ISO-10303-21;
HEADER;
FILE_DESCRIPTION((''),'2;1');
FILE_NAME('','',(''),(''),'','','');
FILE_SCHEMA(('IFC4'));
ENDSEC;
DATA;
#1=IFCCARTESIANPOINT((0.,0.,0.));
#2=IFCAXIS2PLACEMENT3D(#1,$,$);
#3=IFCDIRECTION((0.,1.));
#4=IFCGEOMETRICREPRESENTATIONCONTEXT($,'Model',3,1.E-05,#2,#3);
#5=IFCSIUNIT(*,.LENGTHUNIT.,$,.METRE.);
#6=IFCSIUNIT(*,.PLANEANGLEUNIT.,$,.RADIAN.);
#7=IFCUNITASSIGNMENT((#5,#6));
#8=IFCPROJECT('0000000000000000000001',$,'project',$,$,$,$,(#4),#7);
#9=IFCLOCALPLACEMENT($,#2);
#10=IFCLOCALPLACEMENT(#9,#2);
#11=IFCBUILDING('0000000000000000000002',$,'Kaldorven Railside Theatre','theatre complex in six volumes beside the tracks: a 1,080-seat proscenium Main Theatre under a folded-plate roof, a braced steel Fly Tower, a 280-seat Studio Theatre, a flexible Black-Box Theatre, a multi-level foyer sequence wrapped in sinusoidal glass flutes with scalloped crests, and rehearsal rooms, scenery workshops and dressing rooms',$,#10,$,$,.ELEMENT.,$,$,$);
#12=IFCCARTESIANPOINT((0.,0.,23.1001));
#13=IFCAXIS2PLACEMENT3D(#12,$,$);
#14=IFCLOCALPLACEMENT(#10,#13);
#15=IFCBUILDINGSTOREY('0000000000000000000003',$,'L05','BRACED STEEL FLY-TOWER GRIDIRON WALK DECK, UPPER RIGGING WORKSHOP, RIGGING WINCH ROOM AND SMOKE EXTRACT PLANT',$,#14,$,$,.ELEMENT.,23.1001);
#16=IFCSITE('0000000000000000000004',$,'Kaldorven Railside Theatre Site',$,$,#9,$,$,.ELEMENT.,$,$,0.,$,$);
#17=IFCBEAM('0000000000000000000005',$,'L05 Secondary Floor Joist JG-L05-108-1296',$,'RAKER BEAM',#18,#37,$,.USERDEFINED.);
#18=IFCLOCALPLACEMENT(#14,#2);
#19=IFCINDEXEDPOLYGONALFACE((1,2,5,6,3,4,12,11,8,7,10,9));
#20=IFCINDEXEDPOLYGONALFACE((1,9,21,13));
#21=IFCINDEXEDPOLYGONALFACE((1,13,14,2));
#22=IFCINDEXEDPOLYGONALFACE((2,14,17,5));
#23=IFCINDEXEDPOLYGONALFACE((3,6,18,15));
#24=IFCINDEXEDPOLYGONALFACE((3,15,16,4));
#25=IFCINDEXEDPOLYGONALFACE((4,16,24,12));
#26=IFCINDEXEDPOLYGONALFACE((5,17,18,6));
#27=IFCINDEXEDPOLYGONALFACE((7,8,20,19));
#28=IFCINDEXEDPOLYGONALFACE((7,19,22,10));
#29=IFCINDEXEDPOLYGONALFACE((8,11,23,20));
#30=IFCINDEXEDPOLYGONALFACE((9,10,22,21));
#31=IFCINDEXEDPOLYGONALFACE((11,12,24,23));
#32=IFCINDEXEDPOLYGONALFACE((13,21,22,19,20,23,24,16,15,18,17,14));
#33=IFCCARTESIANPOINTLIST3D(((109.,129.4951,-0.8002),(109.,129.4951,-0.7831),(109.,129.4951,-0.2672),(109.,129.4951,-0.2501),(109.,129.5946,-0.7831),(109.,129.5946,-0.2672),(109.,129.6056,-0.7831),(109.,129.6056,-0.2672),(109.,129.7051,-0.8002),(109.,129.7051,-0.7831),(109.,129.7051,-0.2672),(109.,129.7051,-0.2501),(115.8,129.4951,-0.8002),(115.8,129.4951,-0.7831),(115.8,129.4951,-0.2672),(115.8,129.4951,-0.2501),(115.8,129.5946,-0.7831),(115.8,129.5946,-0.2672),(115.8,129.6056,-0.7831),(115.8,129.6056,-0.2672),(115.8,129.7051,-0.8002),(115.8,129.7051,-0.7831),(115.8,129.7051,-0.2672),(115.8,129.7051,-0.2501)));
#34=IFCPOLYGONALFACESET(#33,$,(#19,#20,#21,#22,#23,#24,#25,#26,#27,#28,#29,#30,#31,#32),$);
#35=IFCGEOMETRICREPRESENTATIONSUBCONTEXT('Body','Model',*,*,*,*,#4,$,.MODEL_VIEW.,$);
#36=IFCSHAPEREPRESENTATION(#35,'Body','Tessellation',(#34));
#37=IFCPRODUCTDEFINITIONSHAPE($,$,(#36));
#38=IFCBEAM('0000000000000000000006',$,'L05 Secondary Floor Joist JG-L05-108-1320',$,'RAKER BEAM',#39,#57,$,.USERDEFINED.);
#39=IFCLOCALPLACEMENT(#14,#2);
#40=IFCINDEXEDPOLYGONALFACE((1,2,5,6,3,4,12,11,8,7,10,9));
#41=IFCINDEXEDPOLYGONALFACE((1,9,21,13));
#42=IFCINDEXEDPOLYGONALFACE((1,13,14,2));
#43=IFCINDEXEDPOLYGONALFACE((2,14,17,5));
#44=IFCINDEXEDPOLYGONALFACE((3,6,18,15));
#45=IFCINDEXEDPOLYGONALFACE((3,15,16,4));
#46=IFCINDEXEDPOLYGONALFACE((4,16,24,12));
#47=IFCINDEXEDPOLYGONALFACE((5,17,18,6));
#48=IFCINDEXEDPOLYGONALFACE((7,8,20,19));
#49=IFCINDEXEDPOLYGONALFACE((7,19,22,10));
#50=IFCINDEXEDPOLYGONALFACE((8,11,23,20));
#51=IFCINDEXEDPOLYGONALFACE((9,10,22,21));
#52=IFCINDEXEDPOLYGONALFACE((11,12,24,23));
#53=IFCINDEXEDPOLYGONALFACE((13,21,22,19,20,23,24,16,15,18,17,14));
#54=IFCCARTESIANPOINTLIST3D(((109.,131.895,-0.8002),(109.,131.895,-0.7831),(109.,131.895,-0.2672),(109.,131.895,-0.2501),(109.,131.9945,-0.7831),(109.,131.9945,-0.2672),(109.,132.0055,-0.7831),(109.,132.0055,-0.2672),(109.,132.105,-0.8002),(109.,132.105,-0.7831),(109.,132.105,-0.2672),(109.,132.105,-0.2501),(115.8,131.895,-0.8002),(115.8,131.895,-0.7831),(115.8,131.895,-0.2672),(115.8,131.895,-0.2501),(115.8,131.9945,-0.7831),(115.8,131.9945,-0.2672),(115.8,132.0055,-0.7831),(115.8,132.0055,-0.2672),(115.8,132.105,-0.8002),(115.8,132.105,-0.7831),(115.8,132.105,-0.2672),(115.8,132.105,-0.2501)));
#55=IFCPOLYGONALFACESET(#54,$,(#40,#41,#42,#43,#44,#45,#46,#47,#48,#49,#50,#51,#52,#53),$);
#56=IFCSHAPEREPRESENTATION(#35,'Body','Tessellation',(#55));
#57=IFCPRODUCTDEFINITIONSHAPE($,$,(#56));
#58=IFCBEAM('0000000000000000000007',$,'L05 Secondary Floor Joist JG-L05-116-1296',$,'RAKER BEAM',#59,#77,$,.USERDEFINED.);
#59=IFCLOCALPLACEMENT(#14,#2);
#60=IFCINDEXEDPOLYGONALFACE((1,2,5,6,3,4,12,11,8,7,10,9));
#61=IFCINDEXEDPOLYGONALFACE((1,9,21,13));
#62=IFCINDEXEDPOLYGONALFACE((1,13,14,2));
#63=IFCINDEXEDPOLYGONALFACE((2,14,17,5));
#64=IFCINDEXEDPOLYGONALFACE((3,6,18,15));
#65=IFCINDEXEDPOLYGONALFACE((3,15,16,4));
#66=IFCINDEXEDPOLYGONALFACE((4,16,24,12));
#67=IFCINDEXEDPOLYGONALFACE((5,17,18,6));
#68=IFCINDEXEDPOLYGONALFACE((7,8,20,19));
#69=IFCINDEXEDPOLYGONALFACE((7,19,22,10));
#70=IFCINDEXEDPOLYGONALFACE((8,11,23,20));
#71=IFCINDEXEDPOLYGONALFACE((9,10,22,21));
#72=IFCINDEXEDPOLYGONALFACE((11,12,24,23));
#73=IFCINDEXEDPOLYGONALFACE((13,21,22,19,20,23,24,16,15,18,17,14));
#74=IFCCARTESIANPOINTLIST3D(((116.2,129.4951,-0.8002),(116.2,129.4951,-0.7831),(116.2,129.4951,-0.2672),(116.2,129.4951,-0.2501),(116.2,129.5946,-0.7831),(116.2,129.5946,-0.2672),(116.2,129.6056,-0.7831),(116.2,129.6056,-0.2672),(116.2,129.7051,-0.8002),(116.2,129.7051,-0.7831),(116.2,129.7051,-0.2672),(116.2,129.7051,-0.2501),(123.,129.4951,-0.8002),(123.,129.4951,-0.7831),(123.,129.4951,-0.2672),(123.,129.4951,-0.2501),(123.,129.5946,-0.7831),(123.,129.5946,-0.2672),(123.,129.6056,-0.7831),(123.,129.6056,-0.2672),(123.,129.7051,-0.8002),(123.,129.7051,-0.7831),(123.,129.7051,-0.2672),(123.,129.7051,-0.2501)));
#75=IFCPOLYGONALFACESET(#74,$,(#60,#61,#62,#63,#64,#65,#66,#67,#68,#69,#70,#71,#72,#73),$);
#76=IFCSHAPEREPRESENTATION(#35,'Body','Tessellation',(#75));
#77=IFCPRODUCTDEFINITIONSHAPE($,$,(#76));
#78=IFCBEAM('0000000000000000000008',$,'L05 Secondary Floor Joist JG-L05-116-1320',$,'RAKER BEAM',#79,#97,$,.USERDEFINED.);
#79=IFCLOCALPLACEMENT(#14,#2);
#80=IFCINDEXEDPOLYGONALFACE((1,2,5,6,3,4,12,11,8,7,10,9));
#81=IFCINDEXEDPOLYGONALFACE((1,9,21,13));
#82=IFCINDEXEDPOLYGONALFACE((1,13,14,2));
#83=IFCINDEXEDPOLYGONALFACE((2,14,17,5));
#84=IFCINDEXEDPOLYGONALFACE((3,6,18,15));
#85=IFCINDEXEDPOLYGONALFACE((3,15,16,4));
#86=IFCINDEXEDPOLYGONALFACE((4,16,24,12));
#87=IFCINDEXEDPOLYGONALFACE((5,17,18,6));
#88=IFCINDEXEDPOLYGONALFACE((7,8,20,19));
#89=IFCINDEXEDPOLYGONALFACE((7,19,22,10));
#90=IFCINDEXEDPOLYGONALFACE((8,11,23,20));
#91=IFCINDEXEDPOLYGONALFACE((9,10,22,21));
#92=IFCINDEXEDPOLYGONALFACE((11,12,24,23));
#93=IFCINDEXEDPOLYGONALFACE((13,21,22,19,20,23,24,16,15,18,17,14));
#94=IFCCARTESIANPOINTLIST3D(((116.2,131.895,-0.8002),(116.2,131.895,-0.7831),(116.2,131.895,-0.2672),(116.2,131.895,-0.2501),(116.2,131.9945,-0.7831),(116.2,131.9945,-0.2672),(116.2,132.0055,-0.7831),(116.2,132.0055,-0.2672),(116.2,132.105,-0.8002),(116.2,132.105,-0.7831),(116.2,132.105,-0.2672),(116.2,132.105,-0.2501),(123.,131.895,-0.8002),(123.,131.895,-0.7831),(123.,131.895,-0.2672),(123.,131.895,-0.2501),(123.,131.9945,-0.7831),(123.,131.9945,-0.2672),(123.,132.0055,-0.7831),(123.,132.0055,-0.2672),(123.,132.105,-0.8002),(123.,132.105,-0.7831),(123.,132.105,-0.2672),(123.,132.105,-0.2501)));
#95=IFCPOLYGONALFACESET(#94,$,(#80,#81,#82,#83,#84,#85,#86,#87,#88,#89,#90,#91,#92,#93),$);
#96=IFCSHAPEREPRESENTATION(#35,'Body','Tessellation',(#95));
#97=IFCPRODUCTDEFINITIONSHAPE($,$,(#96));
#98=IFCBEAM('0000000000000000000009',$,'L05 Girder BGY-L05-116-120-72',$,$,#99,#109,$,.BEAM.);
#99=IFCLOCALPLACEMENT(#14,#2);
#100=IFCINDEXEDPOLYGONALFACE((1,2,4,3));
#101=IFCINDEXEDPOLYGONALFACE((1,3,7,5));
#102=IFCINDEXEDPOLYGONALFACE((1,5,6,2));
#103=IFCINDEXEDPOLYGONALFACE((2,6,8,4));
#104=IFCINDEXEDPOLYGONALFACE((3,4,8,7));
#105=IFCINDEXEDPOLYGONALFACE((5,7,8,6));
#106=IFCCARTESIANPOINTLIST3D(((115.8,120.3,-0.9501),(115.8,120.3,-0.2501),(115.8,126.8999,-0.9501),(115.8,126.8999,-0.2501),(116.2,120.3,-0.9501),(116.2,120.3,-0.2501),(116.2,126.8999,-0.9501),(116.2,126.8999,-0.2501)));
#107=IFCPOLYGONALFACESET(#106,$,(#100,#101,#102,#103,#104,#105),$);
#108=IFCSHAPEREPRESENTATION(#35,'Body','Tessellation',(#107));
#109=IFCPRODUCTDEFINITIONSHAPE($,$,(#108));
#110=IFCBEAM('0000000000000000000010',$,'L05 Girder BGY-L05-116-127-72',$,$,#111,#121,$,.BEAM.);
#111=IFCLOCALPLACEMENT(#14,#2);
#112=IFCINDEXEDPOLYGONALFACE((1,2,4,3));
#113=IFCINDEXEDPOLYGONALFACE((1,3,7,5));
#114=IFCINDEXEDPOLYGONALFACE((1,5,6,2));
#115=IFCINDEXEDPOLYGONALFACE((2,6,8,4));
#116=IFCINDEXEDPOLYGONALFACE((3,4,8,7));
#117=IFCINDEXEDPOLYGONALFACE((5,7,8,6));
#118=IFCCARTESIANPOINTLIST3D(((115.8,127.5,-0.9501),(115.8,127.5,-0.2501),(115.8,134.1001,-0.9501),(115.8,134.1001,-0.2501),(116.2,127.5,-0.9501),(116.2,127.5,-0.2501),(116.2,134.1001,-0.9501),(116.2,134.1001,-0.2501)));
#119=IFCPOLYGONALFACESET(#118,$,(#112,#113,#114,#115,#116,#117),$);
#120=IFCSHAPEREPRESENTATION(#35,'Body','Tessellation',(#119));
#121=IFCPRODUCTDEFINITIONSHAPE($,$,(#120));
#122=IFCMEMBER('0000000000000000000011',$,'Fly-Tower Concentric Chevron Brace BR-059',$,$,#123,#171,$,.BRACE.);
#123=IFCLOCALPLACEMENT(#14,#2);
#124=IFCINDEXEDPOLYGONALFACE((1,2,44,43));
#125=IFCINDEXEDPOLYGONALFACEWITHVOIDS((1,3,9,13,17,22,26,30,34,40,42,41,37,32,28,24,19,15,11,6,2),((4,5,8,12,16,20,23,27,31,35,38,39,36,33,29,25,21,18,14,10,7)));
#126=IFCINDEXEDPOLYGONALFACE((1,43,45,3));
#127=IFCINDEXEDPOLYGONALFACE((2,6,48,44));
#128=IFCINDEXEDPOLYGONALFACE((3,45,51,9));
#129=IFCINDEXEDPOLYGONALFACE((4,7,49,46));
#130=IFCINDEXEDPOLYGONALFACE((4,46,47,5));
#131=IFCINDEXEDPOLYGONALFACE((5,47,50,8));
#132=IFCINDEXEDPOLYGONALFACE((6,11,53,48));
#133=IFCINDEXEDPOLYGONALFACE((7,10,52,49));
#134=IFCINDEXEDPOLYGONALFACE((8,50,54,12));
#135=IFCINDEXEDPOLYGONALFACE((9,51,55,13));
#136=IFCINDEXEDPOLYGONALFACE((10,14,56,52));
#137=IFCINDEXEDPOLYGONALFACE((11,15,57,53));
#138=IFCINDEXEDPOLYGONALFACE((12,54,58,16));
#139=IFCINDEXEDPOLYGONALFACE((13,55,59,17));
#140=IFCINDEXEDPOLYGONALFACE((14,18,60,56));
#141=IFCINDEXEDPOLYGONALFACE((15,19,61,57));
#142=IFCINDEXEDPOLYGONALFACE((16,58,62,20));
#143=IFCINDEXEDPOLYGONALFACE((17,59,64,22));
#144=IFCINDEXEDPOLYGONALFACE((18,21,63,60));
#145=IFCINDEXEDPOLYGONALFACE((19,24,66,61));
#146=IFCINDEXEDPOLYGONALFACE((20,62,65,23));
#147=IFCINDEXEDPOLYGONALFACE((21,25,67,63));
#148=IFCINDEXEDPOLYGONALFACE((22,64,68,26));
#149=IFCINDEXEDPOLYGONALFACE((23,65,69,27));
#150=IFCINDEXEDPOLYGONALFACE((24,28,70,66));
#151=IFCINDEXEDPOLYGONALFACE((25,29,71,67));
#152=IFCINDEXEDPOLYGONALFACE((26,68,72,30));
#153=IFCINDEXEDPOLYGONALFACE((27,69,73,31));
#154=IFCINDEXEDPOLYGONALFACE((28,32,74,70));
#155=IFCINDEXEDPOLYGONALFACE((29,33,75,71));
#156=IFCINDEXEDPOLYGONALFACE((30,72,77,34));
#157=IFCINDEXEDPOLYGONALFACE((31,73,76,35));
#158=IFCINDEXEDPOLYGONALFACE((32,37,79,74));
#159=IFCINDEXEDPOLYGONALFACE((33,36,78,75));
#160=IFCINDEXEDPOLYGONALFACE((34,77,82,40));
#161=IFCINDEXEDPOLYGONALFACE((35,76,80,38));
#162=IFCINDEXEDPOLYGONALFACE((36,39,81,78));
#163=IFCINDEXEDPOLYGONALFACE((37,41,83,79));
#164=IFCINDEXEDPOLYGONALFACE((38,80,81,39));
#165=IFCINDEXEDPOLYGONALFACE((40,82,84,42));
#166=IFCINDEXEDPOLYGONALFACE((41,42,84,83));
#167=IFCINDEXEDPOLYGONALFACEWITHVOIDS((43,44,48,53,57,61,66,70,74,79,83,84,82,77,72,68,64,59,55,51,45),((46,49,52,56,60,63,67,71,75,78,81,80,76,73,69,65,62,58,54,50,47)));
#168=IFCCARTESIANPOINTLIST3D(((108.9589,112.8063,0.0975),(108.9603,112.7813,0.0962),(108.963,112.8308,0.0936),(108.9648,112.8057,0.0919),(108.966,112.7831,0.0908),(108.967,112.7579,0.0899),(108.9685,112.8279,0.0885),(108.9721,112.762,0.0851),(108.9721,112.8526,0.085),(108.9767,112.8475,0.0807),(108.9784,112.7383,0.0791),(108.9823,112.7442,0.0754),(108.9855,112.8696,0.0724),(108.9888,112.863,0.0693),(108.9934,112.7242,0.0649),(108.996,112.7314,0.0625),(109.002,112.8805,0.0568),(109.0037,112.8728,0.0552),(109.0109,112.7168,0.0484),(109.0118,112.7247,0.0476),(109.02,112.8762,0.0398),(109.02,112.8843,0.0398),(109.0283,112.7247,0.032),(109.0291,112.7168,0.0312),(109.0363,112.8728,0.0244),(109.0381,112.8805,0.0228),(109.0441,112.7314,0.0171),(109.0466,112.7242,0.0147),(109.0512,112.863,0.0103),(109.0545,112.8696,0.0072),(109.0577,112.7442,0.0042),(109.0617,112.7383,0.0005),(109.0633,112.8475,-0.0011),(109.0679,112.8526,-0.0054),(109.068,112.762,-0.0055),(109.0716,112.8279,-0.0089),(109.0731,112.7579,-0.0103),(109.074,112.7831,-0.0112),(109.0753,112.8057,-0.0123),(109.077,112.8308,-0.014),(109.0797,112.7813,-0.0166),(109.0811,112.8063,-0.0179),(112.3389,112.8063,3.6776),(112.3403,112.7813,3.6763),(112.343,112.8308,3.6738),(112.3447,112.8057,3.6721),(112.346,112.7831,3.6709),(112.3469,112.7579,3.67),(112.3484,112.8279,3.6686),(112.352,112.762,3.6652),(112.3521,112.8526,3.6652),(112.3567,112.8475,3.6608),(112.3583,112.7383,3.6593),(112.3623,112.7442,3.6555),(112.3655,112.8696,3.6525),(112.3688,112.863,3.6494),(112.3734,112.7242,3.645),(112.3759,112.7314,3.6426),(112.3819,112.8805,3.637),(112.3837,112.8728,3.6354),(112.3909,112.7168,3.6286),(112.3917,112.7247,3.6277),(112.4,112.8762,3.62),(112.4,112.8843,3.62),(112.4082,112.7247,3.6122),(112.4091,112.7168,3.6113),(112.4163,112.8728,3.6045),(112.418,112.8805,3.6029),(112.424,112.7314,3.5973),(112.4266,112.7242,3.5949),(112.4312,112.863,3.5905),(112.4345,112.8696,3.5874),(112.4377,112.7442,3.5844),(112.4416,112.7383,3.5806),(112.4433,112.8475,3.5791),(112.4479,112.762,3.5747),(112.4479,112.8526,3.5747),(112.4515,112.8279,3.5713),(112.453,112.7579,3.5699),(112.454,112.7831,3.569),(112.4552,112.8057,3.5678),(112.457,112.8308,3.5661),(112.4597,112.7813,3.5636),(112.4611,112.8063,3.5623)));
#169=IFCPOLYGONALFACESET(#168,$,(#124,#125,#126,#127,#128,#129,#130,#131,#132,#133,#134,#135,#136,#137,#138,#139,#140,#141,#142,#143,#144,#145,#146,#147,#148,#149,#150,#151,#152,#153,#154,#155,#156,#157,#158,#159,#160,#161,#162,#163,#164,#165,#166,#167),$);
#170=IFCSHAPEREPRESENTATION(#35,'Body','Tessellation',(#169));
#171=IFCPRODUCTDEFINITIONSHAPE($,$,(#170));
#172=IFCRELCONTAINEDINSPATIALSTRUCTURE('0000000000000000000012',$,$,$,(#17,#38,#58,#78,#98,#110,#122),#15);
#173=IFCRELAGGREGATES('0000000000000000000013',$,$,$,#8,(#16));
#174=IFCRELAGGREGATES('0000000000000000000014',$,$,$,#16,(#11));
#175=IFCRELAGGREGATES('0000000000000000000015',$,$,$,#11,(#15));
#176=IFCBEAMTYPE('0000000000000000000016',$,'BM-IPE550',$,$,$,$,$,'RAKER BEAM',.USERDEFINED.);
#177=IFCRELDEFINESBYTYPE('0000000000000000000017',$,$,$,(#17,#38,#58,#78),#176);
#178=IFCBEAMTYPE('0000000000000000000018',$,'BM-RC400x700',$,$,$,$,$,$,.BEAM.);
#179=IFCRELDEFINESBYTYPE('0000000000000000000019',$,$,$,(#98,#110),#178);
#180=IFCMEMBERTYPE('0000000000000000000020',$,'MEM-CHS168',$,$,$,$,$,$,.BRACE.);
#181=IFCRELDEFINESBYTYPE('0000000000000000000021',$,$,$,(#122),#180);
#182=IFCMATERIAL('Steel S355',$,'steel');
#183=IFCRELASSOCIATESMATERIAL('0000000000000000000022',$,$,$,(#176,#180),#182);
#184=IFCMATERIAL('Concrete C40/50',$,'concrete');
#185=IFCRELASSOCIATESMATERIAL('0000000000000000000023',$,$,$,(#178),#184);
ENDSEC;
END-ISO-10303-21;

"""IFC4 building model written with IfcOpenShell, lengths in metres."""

from ifc_helpers import new_model, si_unit, direction, frame, origin, origin_2d, place, context, subcontext, project, spatial, rectangle, hollow_circle, i_section, extrude, material, material_profile, profile_set, type_object, element, save


model = new_model("IFC4")

# Units and contexts
model_context = context("Model", 3, precision=1e-05, world=origin(), true_north=direction((0.0, 1.0)))
body_context = subcontext(model_context, "Body", "Model", "MODEL_VIEW")
ifc_project = project(units=[si_unit("LENGTHUNIT", "METRE"), si_unit("PLANEANGLEUNIT", "RADIAN")], contexts=[model_context])

# Site, building, storey
site_placement = place(None, origin())
site = spatial("IfcSite", under=ifc_project, at=site_placement, Name="Kaldorven Railside Theatre Site", CompositionType="ELEMENT", RefElevation=0.0)
building_placement = place(site_placement, origin())
building = spatial("IfcBuilding", under=site, at=building_placement, Name="Kaldorven Railside Theatre", Description="theatre complex in six volumes beside the tracks: a 1,080-seat proscenium Main Theatre under a folded-plate roof, a braced steel Fly Tower, a 280-seat Studio Theatre, a flexible Black-Box Theatre, a multi-level foyer sequence wrapped in sinusoidal glass flutes with scalloped crests, and rehearsal rooms, scenery workshops and dressing rooms", CompositionType="ELEMENT")
storey_placement = place(building_placement, frame((0.0, 0.0, 23.1001)))
storey = spatial("IfcBuildingStorey", under=building, at=storey_placement, Name="L05", Description="BRACED STEEL FLY-TOWER GRIDIRON WALK DECK, UPPER RIGGING WORKSHOP, RIGGING WINCH ROOM AND SMOKE EXTRACT PLANT", CompositionType="ELEMENT", Elevation=23.1001)

# Shared definitions
ifc_material_1 = material(Name="Concrete C40/50", Category="concrete")

# Beams
ifc_material_2 = material(Name="Steel S355", Category="steel")
ifc_material_profile_1 = material_profile(ifc_material_2, i_section(OverallWidth=0.21, OverallDepth=0.55, WebThickness=0.011, FlangeThickness=0.0171, at=origin_2d()), Name="IPE 550")
ifc_profile_set_1 = profile_set([ifc_material_profile_1], Name="Steel S355")
beam_type_1 = type_object("IfcBeamType", Name="BM-IPE550", ElementType="RAKER BEAM", PredefinedType="USERDEFINED", material=ifc_profile_set_1)
for number, where, z_axis, x_axis, name in (
    (1, (109.0, 129.6001, -0.5251), (1.0, 0.0, 0.0), (0.0, 1.0, 0.0), "L05 Secondary Floor Joist JG-L05-108-1296"),
    (2, (109.0, 132.0, -0.5251), (1.0, 0.0, 0.0), (0.0, 1.0, 0.0), "L05 Secondary Floor Joist JG-L05-108-1320"),
    (3, (116.2, 129.6001, -0.5251), (1.0, 0.0, 0.0), (0.0, 1.0, 0.0), "L05 Secondary Floor Joist JG-L05-116-1296"),
    (4, (116.2, 132.0, -0.5251), (1.0, 0.0, 0.0), (0.0, 1.0, 0.0), "L05 Secondary Floor Joist JG-L05-116-1320"),
):
    element("IfcBeam", number, at=place(storey_placement, frame(where, z_axis=z_axis, x_axis=x_axis)), inside=storey, type_object=beam_type_1, Name=name, ObjectType="RAKER BEAM", PredefinedType="USERDEFINED", context=body_context, shape_type="SweptSolid", body=[
        extrude(i_section(OverallWidth=0.21, OverallDepth=0.55, WebThickness=0.011, FlangeThickness=0.0171, at=origin_2d()), origin(), (0.0, 0.0, 1.0), 6.8),
    ])
ifc_material_profile_2 = material_profile(ifc_material_1, rectangle(XDim=0.3999, YDim=0.7, at=origin_2d()), Name="RC 400x700")
ifc_profile_set_2 = profile_set([ifc_material_profile_2], Name="Concrete C40/50")
beam_type_2 = type_object("IfcBeamType", Name="BM-RC400x700", PredefinedType="BEAM", material=ifc_profile_set_2)
beam_1_placement = place(storey_placement, frame((116.0, 120.3, -0.6001), z_axis=(0.0, 1.0, 0.0), x_axis=(-1.0, 0.0, 0.0)))
element("IfcBeam", 5, at=beam_1_placement, inside=storey, type_object=beam_type_2, Name="L05 Girder BGY-L05-116-120-72", PredefinedType="BEAM", context=body_context, shape_type="SweptSolid", body=[
    extrude(rectangle(XDim=0.3999, YDim=0.7, at=origin_2d()), origin(), (0.0, 0.0, 1.0), 6.5999),
])
beam_2_placement = place(storey_placement, frame((116.0, 127.5, -0.6001), z_axis=(0.0, 1.0, 0.0), x_axis=(-1.0, 0.0, 0.0)))
element("IfcBeam", 6, at=beam_2_placement, inside=storey, type_object=beam_type_2, Name="L05 Girder BGY-L05-116-127-72", PredefinedType="BEAM", context=body_context, shape_type="SweptSolid", body=[
    extrude(rectangle(XDim=0.3999, YDim=0.7, at=origin_2d()), origin(), (0.0, 0.0, 1.0), 6.6001),
])

# Member
ifc_material_profile_3 = material_profile(ifc_material_2, hollow_circle(Radius=0.0842, WallThickness=0.0081, at=origin_2d()), Name="CHS 168.3x8")
ifc_profile_set_3 = profile_set([ifc_material_profile_3], Name="Steel S355")
member_type = type_object("IfcMemberType", Name="MEM-CHS168", PredefinedType="BRACE", material=ifc_profile_set_3)
for number, where, z_axis, x_axis, name in (
    (7, (109.02, 112.8, 0.0398), (0.686484, 0.0, 0.727145), (0.0, 1.0, 0.0), "Fly-Tower Concentric Chevron Brace BR-059"),
):
    element("IfcMember", number, at=place(storey_placement, frame(where, z_axis=z_axis, x_axis=x_axis)), inside=storey, type_object=member_type, Name=name, PredefinedType="BRACE", context=body_context, shape_type="SweptSolid", body=[
        extrude(hollow_circle(Radius=0.0842, WallThickness=0.0081, at=origin_2d()), origin(), (0.0, 0.0, 1.0), 4.9236),
    ])

save(model, "model.ifc")
